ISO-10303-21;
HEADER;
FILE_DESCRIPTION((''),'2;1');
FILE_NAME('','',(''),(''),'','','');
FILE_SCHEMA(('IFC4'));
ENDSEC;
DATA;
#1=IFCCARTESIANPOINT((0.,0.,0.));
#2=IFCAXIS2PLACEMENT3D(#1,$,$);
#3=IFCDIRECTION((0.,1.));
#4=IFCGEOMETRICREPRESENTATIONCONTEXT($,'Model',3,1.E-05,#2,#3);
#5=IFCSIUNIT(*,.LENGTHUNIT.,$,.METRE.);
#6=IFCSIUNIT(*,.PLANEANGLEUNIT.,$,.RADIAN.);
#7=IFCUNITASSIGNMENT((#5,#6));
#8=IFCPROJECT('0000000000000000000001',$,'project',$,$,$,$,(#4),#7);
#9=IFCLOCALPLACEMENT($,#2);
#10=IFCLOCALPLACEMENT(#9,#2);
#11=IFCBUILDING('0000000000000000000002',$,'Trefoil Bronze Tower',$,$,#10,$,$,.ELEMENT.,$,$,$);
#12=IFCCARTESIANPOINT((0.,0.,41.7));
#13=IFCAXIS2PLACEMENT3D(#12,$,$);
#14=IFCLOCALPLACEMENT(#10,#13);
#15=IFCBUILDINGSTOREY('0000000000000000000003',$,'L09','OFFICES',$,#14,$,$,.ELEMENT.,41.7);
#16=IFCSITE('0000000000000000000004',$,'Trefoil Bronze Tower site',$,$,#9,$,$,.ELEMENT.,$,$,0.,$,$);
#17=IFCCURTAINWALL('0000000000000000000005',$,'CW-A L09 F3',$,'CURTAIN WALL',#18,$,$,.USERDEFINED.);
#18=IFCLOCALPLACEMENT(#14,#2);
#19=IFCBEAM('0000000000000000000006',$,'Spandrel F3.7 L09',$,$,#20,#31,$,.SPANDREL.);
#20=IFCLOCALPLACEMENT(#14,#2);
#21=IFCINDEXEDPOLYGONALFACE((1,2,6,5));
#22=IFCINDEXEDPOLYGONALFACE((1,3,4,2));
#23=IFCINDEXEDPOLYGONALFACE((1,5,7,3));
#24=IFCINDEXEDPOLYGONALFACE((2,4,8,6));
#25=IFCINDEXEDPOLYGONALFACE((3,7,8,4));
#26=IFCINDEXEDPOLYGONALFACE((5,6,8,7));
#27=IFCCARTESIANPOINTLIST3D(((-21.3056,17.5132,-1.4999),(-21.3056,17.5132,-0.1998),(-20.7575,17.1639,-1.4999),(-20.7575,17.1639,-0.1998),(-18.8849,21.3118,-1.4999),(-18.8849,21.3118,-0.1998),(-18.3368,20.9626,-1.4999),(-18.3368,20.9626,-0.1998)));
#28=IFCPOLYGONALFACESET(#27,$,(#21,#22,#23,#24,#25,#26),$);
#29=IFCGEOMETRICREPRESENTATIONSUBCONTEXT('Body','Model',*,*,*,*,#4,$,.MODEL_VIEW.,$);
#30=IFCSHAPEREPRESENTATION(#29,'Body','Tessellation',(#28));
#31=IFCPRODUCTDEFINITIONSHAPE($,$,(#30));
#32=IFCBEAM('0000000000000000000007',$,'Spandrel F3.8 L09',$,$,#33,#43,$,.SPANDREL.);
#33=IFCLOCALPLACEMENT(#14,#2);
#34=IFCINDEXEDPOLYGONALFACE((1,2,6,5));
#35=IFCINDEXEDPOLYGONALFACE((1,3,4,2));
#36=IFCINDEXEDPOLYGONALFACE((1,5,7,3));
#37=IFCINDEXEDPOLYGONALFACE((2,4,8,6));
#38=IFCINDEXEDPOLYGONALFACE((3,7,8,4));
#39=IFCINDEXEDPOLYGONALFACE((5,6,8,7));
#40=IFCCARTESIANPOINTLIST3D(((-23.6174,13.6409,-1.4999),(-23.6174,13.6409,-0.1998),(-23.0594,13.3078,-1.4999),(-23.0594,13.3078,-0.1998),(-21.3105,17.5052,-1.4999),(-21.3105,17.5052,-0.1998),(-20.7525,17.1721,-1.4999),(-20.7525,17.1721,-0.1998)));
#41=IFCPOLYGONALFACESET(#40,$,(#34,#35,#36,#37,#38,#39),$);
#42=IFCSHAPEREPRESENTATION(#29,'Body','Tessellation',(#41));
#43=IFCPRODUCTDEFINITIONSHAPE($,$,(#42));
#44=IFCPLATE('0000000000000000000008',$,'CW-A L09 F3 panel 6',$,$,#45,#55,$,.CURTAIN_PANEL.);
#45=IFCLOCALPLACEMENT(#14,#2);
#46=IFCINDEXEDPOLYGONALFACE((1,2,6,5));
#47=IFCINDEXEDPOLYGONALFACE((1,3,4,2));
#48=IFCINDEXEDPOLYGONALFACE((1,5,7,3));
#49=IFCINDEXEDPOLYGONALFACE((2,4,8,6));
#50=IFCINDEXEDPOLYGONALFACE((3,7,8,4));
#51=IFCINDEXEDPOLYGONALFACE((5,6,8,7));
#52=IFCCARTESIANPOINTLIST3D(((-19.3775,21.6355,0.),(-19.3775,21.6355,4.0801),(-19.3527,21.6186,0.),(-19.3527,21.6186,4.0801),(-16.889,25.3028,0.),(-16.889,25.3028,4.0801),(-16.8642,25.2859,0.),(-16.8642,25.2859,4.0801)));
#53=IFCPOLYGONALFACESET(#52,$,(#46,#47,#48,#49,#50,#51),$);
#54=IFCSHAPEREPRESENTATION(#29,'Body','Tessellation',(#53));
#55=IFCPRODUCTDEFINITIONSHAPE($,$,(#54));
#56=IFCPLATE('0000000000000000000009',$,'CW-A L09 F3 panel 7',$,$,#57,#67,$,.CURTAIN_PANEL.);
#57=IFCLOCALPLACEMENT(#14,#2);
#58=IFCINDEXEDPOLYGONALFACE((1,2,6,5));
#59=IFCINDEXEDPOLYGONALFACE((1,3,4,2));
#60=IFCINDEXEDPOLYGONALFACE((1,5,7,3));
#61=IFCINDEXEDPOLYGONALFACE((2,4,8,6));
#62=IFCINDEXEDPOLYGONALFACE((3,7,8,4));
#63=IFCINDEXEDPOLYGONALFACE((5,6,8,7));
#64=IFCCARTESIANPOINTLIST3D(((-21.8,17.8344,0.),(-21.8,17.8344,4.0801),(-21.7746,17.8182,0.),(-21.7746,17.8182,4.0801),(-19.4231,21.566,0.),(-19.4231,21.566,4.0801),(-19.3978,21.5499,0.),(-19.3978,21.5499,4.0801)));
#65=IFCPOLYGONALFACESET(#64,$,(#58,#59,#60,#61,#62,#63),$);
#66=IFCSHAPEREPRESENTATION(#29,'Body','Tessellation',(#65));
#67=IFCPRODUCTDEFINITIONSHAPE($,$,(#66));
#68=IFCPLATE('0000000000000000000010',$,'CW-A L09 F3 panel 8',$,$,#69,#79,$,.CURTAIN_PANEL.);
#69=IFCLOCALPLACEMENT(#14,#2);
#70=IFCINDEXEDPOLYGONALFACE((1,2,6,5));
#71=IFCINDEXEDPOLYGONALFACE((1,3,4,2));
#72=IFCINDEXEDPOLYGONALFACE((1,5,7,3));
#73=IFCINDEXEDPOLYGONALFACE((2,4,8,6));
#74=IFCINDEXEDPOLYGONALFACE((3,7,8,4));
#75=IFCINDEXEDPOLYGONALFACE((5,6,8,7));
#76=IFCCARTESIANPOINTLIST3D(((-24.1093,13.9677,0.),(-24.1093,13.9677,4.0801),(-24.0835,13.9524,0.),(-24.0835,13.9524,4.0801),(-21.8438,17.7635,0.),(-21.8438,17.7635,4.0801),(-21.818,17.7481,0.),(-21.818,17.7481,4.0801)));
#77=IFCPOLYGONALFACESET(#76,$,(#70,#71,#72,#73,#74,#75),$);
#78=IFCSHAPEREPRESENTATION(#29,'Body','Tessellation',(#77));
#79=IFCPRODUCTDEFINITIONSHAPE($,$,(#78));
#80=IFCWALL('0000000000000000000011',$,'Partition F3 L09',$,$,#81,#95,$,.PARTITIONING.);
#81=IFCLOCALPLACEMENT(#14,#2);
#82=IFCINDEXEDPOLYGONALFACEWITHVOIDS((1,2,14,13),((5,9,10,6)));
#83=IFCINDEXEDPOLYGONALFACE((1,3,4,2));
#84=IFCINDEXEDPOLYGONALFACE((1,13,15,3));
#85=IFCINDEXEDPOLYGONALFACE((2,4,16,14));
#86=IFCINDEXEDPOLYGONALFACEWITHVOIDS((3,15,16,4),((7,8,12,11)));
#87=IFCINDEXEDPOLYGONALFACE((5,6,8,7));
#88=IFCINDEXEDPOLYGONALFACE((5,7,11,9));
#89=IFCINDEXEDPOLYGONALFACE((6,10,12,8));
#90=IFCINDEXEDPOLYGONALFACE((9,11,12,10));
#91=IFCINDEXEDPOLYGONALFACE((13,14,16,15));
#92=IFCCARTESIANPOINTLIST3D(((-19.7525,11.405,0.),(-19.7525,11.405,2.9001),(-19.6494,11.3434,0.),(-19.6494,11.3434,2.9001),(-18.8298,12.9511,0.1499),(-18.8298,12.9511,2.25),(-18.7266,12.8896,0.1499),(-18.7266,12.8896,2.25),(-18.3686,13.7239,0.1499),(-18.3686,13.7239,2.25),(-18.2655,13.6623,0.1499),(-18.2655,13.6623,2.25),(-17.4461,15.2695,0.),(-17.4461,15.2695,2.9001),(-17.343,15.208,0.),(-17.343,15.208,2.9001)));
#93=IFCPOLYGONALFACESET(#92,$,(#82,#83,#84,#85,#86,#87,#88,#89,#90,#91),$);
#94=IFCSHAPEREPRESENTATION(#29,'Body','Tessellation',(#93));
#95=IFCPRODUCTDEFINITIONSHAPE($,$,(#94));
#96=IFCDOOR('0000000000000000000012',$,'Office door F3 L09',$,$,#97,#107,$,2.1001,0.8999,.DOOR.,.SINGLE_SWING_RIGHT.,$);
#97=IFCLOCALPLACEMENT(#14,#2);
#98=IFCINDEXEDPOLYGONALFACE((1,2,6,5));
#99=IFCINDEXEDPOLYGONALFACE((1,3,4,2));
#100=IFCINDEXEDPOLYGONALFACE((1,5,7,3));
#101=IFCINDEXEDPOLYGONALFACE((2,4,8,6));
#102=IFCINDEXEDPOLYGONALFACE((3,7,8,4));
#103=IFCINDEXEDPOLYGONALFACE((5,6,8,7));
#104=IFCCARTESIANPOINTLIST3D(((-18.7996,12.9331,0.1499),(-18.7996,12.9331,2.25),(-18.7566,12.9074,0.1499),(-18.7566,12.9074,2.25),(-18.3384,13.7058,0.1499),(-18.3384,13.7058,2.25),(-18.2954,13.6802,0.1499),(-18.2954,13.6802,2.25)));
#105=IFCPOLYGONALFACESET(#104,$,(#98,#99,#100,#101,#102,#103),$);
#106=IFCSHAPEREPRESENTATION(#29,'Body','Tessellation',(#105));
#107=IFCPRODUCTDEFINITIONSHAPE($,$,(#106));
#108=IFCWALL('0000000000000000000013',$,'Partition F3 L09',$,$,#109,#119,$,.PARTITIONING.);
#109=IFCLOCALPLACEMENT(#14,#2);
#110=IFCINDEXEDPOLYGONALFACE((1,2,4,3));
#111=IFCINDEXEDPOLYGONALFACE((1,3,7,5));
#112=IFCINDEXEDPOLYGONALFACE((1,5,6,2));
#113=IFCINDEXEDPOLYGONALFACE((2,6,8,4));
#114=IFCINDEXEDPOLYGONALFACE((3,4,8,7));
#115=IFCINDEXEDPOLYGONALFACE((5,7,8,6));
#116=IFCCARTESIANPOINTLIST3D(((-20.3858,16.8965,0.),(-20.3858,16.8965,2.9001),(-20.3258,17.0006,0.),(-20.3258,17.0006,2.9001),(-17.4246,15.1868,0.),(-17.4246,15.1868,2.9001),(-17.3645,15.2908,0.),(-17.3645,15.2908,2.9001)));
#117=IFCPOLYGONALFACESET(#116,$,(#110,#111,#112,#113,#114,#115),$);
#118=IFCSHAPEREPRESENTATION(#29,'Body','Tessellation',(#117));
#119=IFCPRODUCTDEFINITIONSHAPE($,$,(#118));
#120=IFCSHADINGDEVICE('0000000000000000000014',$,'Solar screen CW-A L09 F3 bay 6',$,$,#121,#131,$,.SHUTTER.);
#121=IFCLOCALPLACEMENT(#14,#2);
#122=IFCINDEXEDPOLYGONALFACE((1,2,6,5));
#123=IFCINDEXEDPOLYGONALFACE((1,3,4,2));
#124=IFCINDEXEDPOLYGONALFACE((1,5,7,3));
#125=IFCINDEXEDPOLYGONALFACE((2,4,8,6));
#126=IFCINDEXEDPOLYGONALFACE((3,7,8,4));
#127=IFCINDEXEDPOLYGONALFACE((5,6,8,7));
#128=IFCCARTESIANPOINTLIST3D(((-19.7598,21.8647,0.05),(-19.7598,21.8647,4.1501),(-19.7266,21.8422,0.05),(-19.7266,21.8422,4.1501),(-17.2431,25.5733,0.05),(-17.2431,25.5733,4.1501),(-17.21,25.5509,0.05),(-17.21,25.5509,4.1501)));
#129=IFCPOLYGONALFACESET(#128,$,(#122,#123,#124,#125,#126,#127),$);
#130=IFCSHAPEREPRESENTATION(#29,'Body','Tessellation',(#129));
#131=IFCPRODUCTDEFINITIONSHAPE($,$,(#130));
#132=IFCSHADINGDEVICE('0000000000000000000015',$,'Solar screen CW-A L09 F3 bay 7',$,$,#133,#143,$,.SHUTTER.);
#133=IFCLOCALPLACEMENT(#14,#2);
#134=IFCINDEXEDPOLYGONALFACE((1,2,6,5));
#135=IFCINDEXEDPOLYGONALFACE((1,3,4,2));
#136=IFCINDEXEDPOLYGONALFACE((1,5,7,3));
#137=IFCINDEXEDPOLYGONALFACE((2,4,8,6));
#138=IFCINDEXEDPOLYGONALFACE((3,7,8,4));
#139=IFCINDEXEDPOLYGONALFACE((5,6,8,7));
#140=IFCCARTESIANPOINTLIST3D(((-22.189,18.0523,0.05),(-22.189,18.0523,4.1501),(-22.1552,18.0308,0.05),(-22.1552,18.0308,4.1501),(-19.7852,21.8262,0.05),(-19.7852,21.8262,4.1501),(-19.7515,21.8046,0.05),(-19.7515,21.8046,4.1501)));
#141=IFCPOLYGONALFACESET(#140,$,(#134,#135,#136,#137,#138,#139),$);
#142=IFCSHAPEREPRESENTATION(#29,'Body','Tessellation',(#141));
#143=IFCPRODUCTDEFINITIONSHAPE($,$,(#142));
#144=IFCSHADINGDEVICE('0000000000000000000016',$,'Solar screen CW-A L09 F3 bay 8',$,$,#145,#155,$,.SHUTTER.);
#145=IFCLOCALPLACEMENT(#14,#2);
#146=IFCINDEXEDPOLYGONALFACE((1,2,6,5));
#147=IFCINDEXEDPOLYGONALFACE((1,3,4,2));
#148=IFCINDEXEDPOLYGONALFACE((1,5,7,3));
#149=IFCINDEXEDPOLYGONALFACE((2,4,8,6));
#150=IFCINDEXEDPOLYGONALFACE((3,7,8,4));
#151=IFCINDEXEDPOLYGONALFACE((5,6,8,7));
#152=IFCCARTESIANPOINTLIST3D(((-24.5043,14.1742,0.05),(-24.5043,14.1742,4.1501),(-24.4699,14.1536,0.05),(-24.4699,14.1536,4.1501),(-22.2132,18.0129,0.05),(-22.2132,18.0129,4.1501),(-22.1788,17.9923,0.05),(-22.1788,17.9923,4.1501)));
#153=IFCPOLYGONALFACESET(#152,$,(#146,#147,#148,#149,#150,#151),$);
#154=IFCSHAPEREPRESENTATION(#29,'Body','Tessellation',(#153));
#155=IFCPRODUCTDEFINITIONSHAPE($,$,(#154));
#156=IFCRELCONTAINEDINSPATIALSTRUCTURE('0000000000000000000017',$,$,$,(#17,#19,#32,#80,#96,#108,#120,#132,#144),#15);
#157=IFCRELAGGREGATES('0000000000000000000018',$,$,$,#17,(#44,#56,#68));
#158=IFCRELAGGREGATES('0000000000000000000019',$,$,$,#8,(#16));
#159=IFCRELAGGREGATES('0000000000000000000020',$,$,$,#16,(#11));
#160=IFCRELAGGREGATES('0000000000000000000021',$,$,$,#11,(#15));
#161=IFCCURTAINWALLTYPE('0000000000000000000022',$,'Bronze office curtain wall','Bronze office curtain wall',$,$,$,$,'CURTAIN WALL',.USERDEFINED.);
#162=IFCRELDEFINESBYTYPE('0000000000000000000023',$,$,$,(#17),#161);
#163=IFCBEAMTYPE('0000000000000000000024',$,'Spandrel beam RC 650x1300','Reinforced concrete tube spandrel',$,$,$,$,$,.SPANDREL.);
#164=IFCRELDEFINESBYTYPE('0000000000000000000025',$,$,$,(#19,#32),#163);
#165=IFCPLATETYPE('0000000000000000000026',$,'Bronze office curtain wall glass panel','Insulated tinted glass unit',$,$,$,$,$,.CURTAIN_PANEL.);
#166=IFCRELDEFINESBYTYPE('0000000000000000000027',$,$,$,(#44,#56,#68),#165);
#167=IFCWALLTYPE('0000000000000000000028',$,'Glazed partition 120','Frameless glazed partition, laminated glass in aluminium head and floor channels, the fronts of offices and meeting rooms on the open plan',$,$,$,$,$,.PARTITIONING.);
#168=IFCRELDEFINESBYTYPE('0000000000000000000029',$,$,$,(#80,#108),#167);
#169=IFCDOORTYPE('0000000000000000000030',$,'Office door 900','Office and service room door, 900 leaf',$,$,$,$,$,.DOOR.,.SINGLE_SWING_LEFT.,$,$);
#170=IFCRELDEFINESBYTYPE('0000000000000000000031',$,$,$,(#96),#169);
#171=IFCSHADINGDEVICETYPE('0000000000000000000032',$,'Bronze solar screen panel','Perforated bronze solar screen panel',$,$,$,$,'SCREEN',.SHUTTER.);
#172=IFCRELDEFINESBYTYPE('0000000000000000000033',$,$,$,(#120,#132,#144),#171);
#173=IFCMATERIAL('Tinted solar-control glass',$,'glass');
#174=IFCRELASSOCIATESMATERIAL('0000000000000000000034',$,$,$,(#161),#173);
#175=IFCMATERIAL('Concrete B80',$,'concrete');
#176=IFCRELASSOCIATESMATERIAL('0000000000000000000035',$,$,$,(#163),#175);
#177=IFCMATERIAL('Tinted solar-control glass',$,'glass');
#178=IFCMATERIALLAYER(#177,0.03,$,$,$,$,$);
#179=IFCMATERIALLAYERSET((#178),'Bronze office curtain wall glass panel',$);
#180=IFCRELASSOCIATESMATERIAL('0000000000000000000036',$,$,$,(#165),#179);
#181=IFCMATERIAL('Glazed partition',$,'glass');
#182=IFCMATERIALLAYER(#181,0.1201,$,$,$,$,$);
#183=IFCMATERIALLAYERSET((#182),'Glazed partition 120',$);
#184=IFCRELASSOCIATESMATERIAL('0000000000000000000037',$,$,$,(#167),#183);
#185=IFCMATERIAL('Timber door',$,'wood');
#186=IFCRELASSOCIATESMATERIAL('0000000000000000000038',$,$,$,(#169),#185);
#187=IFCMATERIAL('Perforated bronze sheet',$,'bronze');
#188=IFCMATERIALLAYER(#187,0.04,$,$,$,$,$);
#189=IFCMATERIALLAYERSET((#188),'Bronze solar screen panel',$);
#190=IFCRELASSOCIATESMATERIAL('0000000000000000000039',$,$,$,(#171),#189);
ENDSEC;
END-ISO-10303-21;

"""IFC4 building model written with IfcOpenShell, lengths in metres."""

from ifc_helpers import new_model, si_unit, direction, frame, frame_2d, origin, origin_2d, place, context, subcontext, project, spatial, rectangle, extrude, material, layer, layer_set, material_profile, profile_set, type_object, element, fill, aggregate, save


model = new_model("IFC4")

# Units and contexts
model_context = context("Model", 3, precision=1e-05, world=origin(), true_north=direction((0.0, 1.0)))
body_context = subcontext(model_context, "Body", "Model", "MODEL_VIEW")
ifc_project = project(units=[si_unit("LENGTHUNIT", "METRE"), si_unit("PLANEANGLEUNIT", "RADIAN")], contexts=[model_context])

# Site, building, storey
site_placement = place(None, origin())
site = spatial("IfcSite", under=ifc_project, at=site_placement, Name="Trefoil Bronze Tower site", CompositionType="ELEMENT", RefElevation=0.0)
building_placement = place(site_placement, origin())
building = spatial("IfcBuilding", under=site, at=building_placement, Name="Trefoil Bronze Tower", CompositionType="ELEMENT")
storey_placement = place(building_placement, frame((0.0, 0.0, 41.7)))
storey = spatial("IfcBuildingStorey", under=building, at=storey_placement, Name="L09", Description="OFFICES", CompositionType="ELEMENT", Elevation=41.7)

# Curtain wall
ifc_material_1 = material(Name="Tinted solar-control glass", Category="glass")
curtain_wall_type = type_object("IfcCurtainWallType", Name="Bronze office curtain wall", Description="Bronze office curtain wall", ElementType="CURTAIN WALL", PredefinedType="USERDEFINED", material=ifc_material_1)
curtain_wall_placement = place(storey_placement, origin())
curtain_wall = element("IfcCurtainWall", 1, at=curtain_wall_placement, inside=storey, type_object=curtain_wall_type, Name="CW-A L09 F3", ObjectType="CURTAIN WALL", PredefinedType="USERDEFINED")

# Beams
ifc_material_2 = material(Name="Concrete B80", Category="concrete")
ifc_material_profile_1 = material_profile(ifc_material_2, rectangle(XDim=0.6499, YDim=1.3, at=origin_2d()), Name="RC 650x1300")
ifc_profile_set_1 = profile_set([ifc_material_profile_1], Name="Concrete B80")
beam_type_1 = type_object("IfcBeamType", Name="Spandrel beam RC 650x1300", Description="Reinforced concrete tube spandrel", PredefinedType="SPANDREL", material=ifc_profile_set_1)
beam_1_placement = place(storey_placement, frame((-18.6108, 21.1372, -0.8499), z_axis=(-0.537408, -0.843322, 0.0), x_axis=(0.843322, -0.537408, 0.0)))
element("IfcBeam", 2, at=beam_1_placement, inside=storey, type_object=beam_type_1, Name="Spandrel F3.7 L09", PredefinedType="SPANDREL", context=body_context, shape_type="SweptSolid", body=[
    extrude(rectangle(XDim=0.6499, YDim=1.3, at=origin_2d()), origin(), (0.0, 0.0, 1.0), 4.5044),
])
beam_2_placement = place(storey_placement, frame((-21.0315, 17.3386, -0.8499), z_axis=(-0.512588, -0.858635, 0.0), x_axis=(0.858635, -0.512588, 0.0)))
element("IfcBeam", 3, at=beam_2_placement, inside=storey, type_object=beam_type_1, Name="Spandrel F3.8 L09", PredefinedType="SPANDREL", context=body_context, shape_type="SweptSolid", body=[
    extrude(rectangle(XDim=0.6499, YDim=1.3, at=origin_2d()), origin(), (0.0, 0.0, 1.0), 4.5005),
])

# Plates
ifc_material_3 = material(Name="Tinted solar-control glass", Category="glass")
ifc_layer_1 = layer(ifc_material_3, 0.03)
ifc_layer_set_1 = layer_set([ifc_layer_1], Name="Bronze office curtain wall glass panel")
plate_type = type_object("IfcPlateType", Name="Bronze office curtain wall glass panel", Description="Insulated tinted glass unit", PredefinedType="CURTAIN_PANEL", material=ifc_layer_set_1)
plate_1_placement = place(storey_placement, frame((-18.1208, 23.4607, 0.0), z_axis=(0.0, 0.0, 1.0), x_axis=(-0.56151, -0.82747, 0.0)))
plate_1 = element("IfcPlate", 4, at=plate_1_placement, type_object=plate_type, Name="CW-A L09 F3 panel 6", PredefinedType="CURTAIN_PANEL", context=body_context, shape_type="SweptSolid", body=[
    extrude(rectangle(XDim=4.4319, YDim=0.03, at=origin_2d()), origin(), (0.0, 0.0, 1.0), 4.0801),
])
plate_2_placement = place(storey_placement, frame((-20.5989, 19.6921, 0.0), z_axis=(0.0, 0.0, 1.0), x_axis=(-0.537222, -0.843441, 0.0)))
plate_2 = element("IfcPlate", 5, at=plate_2_placement, type_object=plate_type, Name="CW-A L09 F3 panel 7", PredefinedType="CURTAIN_PANEL", context=body_context, shape_type="SweptSolid", body=[
    extrude(rectangle(XDim=4.4243, YDim=0.03, at=origin_2d()), origin(), (0.0, 0.0, 1.0), 4.0801),
])
plate_3_placement = place(storey_placement, frame((-22.9636, 15.8579, 0.0), z_axis=(0.0, 0.0, 1.0), x_axis=(-0.512513, -0.85868, 0.0)))
plate_3 = element("IfcPlate", 6, at=plate_3_placement, type_object=plate_type, Name="CW-A L09 F3 panel 8", PredefinedType="CURTAIN_PANEL", context=body_context, shape_type="SweptSolid", body=[
    extrude(rectangle(XDim=4.4204, YDim=0.03, at=origin_2d()), origin(), (0.0, 0.0, 1.0), 4.0801),
])
aggregate(curtain_wall, [plate_1, plate_2, plate_3])

# Wall, opening, door
ifc_material_4 = material(Name="Glazed partition", Category="glass")
ifc_layer_2 = layer(ifc_material_4, 0.1201)
ifc_layer_set_2 = layer_set([ifc_layer_2], Name="Glazed partition 120")
wall_type = type_object("IfcWallType", Name="Glazed partition 120", Description="Frameless glazed partition, laminated glass in aluminium head and floor channels, the fronts of offices and meeting rooms on the open plan", PredefinedType="PARTITIONING", material=ifc_layer_set_2)
wall_1_placement = place(storey_placement, frame((-17.3945, 15.2388, 0.0), z_axis=(0.0, 0.0, 1.0), x_axis=(-0.512484, -0.858697, 0.0)))
wall_1 = element("IfcWall", 7, at=wall_1_placement, inside=storey, type_object=wall_type, Name="Partition F3 L09", PredefinedType="PARTITIONING", context=body_context, shape_type="SweptSolid", body=[
    extrude(rectangle(XDim=4.5005, YDim=0.1201, at=frame_2d((2.2502, 0.0))), origin(), (0.0, 0.0, 1.0), 2.9001),
])
opening_placement = place(wall_1_placement, frame((1.8, 0.0, 0.1499)))
opening = element("IfcOpeningElement", 8, at=opening_placement, cuts=wall_1, PredefinedType="OPENING", context=body_context, shape_type="SweptSolid", body=[
    extrude(rectangle(XDim=0.8999, YDim=2.1001, at=frame_2d((0.45, 1.05))), frame((0.0, 0.0701, 0.0), z_axis=(0.0, -1.0, 0.0), x_axis=(1.0, 0.0, 0.0)), (0.0, 0.0, 1.0), 0.1401),
])
ifc_material_5 = material(Name="Timber door", Category="wood")
door_type = type_object("IfcDoorType", Name="Office door 900", Description="Office and service room door, 900 leaf", OperationType="SINGLE_SWING_LEFT", PredefinedType="DOOR", material=ifc_material_5)
door_placement = place(opening_placement, frame((0.8999, 0.0, 0.0), z_axis=(0.0, 0.0, 1.0), x_axis=(-1.0, 0.0, 0.0)))
door = element("IfcDoor", 9, at=door_placement, inside=storey, type_object=door_type, Name="Office door F3 L09", OperationType="SINGLE_SWING_RIGHT", OverallHeight=2.1001, OverallWidth=0.8999, PredefinedType="DOOR", context=body_context, shape_type="SweptSolid", body=[
    extrude(rectangle(XDim=0.8999, YDim=2.1001, at=frame_2d((0.45, 1.05))), frame((0.0, 0.0249, 0.0), z_axis=(0.0, -1.0, 0.0), x_axis=(1.0, 0.0, 0.0)), (0.0, 0.0, 1.0), 0.05),
])
fill(opening, door)

# Wall
wall_2_placement = place(storey_placement, frame((-17.3945, 15.2388, 0.0), z_axis=(0.0, 0.0, 1.0), x_axis=(-0.866016, 0.500017, 0.0)))
element("IfcWall", 10, at=wall_2_placement, inside=storey, type_object=wall_type, Name="Partition F3 L09", PredefinedType="PARTITIONING", context=body_context, shape_type="SweptSolid", body=[
    extrude(rectangle(XDim=3.4194, YDim=0.1201, at=frame_2d((1.7097, 0.0))), origin(), (0.0, 0.0, 1.0), 2.9001),
])

# Shading devices
ifc_material_6 = material(Name="Perforated bronze sheet", Category="bronze")
ifc_layer_3 = layer(ifc_material_6, 0.04)
ifc_layer_set_3 = layer_set([ifc_layer_3], Name="Bronze solar screen panel")
shading_device_type = type_object("IfcShadingDeviceType", Name="Bronze solar screen panel", Description="Perforated bronze solar screen panel", ElementType="SCREEN", PredefinedType="SHUTTER", material=ifc_layer_set_3)
shading_device_1_placement = place(storey_placement, frame((-18.4849, 23.7078, 0.05), z_axis=(0.0, 0.0, 1.0), x_axis=(-0.56151, -0.82747, 0.0)))
element("IfcShadingDevice", 11, at=shading_device_1_placement, inside=storey, type_object=shading_device_type, Name="Solar screen CW-A L09 F3 bay 6", PredefinedType="SHUTTER", context=body_context, shape_type="SweptSolid", body=[
    extrude(rectangle(XDim=4.4819, YDim=0.04, at=origin_2d()), origin(), (0.0, 0.0, 1.0), 4.1001),
])
shading_device_2_placement = place(storey_placement, frame((-20.9702, 19.9285, 0.05), z_axis=(0.0, 0.0, 1.0), x_axis=(-0.537222, -0.843441, 0.0)))
element("IfcShadingDevice", 12, at=shading_device_2_placement, inside=storey, type_object=shading_device_type, Name="Solar screen CW-A L09 F3 bay 7", PredefinedType="SHUTTER", context=body_context, shape_type="SweptSolid", body=[
    extrude(rectangle(XDim=4.4744, YDim=0.04, at=origin_2d()), origin(), (0.0, 0.0, 1.0), 4.1001),
])
shading_device_3_placement = place(storey_placement, frame((-23.3416, 16.0833, 0.05), z_axis=(0.0, 0.0, 1.0), x_axis=(-0.512513, -0.85868, 0.0)))
element("IfcShadingDevice", 13, at=shading_device_3_placement, inside=storey, type_object=shading_device_type, Name="Solar screen CW-A L09 F3 bay 8", PredefinedType="SHUTTER", context=body_context, shape_type="SweptSolid", body=[
    extrude(rectangle(XDim=4.4705, YDim=0.04, at=origin_2d()), origin(), (0.0, 0.0, 1.0), 4.1001),
])

save(model, "model.ifc")
